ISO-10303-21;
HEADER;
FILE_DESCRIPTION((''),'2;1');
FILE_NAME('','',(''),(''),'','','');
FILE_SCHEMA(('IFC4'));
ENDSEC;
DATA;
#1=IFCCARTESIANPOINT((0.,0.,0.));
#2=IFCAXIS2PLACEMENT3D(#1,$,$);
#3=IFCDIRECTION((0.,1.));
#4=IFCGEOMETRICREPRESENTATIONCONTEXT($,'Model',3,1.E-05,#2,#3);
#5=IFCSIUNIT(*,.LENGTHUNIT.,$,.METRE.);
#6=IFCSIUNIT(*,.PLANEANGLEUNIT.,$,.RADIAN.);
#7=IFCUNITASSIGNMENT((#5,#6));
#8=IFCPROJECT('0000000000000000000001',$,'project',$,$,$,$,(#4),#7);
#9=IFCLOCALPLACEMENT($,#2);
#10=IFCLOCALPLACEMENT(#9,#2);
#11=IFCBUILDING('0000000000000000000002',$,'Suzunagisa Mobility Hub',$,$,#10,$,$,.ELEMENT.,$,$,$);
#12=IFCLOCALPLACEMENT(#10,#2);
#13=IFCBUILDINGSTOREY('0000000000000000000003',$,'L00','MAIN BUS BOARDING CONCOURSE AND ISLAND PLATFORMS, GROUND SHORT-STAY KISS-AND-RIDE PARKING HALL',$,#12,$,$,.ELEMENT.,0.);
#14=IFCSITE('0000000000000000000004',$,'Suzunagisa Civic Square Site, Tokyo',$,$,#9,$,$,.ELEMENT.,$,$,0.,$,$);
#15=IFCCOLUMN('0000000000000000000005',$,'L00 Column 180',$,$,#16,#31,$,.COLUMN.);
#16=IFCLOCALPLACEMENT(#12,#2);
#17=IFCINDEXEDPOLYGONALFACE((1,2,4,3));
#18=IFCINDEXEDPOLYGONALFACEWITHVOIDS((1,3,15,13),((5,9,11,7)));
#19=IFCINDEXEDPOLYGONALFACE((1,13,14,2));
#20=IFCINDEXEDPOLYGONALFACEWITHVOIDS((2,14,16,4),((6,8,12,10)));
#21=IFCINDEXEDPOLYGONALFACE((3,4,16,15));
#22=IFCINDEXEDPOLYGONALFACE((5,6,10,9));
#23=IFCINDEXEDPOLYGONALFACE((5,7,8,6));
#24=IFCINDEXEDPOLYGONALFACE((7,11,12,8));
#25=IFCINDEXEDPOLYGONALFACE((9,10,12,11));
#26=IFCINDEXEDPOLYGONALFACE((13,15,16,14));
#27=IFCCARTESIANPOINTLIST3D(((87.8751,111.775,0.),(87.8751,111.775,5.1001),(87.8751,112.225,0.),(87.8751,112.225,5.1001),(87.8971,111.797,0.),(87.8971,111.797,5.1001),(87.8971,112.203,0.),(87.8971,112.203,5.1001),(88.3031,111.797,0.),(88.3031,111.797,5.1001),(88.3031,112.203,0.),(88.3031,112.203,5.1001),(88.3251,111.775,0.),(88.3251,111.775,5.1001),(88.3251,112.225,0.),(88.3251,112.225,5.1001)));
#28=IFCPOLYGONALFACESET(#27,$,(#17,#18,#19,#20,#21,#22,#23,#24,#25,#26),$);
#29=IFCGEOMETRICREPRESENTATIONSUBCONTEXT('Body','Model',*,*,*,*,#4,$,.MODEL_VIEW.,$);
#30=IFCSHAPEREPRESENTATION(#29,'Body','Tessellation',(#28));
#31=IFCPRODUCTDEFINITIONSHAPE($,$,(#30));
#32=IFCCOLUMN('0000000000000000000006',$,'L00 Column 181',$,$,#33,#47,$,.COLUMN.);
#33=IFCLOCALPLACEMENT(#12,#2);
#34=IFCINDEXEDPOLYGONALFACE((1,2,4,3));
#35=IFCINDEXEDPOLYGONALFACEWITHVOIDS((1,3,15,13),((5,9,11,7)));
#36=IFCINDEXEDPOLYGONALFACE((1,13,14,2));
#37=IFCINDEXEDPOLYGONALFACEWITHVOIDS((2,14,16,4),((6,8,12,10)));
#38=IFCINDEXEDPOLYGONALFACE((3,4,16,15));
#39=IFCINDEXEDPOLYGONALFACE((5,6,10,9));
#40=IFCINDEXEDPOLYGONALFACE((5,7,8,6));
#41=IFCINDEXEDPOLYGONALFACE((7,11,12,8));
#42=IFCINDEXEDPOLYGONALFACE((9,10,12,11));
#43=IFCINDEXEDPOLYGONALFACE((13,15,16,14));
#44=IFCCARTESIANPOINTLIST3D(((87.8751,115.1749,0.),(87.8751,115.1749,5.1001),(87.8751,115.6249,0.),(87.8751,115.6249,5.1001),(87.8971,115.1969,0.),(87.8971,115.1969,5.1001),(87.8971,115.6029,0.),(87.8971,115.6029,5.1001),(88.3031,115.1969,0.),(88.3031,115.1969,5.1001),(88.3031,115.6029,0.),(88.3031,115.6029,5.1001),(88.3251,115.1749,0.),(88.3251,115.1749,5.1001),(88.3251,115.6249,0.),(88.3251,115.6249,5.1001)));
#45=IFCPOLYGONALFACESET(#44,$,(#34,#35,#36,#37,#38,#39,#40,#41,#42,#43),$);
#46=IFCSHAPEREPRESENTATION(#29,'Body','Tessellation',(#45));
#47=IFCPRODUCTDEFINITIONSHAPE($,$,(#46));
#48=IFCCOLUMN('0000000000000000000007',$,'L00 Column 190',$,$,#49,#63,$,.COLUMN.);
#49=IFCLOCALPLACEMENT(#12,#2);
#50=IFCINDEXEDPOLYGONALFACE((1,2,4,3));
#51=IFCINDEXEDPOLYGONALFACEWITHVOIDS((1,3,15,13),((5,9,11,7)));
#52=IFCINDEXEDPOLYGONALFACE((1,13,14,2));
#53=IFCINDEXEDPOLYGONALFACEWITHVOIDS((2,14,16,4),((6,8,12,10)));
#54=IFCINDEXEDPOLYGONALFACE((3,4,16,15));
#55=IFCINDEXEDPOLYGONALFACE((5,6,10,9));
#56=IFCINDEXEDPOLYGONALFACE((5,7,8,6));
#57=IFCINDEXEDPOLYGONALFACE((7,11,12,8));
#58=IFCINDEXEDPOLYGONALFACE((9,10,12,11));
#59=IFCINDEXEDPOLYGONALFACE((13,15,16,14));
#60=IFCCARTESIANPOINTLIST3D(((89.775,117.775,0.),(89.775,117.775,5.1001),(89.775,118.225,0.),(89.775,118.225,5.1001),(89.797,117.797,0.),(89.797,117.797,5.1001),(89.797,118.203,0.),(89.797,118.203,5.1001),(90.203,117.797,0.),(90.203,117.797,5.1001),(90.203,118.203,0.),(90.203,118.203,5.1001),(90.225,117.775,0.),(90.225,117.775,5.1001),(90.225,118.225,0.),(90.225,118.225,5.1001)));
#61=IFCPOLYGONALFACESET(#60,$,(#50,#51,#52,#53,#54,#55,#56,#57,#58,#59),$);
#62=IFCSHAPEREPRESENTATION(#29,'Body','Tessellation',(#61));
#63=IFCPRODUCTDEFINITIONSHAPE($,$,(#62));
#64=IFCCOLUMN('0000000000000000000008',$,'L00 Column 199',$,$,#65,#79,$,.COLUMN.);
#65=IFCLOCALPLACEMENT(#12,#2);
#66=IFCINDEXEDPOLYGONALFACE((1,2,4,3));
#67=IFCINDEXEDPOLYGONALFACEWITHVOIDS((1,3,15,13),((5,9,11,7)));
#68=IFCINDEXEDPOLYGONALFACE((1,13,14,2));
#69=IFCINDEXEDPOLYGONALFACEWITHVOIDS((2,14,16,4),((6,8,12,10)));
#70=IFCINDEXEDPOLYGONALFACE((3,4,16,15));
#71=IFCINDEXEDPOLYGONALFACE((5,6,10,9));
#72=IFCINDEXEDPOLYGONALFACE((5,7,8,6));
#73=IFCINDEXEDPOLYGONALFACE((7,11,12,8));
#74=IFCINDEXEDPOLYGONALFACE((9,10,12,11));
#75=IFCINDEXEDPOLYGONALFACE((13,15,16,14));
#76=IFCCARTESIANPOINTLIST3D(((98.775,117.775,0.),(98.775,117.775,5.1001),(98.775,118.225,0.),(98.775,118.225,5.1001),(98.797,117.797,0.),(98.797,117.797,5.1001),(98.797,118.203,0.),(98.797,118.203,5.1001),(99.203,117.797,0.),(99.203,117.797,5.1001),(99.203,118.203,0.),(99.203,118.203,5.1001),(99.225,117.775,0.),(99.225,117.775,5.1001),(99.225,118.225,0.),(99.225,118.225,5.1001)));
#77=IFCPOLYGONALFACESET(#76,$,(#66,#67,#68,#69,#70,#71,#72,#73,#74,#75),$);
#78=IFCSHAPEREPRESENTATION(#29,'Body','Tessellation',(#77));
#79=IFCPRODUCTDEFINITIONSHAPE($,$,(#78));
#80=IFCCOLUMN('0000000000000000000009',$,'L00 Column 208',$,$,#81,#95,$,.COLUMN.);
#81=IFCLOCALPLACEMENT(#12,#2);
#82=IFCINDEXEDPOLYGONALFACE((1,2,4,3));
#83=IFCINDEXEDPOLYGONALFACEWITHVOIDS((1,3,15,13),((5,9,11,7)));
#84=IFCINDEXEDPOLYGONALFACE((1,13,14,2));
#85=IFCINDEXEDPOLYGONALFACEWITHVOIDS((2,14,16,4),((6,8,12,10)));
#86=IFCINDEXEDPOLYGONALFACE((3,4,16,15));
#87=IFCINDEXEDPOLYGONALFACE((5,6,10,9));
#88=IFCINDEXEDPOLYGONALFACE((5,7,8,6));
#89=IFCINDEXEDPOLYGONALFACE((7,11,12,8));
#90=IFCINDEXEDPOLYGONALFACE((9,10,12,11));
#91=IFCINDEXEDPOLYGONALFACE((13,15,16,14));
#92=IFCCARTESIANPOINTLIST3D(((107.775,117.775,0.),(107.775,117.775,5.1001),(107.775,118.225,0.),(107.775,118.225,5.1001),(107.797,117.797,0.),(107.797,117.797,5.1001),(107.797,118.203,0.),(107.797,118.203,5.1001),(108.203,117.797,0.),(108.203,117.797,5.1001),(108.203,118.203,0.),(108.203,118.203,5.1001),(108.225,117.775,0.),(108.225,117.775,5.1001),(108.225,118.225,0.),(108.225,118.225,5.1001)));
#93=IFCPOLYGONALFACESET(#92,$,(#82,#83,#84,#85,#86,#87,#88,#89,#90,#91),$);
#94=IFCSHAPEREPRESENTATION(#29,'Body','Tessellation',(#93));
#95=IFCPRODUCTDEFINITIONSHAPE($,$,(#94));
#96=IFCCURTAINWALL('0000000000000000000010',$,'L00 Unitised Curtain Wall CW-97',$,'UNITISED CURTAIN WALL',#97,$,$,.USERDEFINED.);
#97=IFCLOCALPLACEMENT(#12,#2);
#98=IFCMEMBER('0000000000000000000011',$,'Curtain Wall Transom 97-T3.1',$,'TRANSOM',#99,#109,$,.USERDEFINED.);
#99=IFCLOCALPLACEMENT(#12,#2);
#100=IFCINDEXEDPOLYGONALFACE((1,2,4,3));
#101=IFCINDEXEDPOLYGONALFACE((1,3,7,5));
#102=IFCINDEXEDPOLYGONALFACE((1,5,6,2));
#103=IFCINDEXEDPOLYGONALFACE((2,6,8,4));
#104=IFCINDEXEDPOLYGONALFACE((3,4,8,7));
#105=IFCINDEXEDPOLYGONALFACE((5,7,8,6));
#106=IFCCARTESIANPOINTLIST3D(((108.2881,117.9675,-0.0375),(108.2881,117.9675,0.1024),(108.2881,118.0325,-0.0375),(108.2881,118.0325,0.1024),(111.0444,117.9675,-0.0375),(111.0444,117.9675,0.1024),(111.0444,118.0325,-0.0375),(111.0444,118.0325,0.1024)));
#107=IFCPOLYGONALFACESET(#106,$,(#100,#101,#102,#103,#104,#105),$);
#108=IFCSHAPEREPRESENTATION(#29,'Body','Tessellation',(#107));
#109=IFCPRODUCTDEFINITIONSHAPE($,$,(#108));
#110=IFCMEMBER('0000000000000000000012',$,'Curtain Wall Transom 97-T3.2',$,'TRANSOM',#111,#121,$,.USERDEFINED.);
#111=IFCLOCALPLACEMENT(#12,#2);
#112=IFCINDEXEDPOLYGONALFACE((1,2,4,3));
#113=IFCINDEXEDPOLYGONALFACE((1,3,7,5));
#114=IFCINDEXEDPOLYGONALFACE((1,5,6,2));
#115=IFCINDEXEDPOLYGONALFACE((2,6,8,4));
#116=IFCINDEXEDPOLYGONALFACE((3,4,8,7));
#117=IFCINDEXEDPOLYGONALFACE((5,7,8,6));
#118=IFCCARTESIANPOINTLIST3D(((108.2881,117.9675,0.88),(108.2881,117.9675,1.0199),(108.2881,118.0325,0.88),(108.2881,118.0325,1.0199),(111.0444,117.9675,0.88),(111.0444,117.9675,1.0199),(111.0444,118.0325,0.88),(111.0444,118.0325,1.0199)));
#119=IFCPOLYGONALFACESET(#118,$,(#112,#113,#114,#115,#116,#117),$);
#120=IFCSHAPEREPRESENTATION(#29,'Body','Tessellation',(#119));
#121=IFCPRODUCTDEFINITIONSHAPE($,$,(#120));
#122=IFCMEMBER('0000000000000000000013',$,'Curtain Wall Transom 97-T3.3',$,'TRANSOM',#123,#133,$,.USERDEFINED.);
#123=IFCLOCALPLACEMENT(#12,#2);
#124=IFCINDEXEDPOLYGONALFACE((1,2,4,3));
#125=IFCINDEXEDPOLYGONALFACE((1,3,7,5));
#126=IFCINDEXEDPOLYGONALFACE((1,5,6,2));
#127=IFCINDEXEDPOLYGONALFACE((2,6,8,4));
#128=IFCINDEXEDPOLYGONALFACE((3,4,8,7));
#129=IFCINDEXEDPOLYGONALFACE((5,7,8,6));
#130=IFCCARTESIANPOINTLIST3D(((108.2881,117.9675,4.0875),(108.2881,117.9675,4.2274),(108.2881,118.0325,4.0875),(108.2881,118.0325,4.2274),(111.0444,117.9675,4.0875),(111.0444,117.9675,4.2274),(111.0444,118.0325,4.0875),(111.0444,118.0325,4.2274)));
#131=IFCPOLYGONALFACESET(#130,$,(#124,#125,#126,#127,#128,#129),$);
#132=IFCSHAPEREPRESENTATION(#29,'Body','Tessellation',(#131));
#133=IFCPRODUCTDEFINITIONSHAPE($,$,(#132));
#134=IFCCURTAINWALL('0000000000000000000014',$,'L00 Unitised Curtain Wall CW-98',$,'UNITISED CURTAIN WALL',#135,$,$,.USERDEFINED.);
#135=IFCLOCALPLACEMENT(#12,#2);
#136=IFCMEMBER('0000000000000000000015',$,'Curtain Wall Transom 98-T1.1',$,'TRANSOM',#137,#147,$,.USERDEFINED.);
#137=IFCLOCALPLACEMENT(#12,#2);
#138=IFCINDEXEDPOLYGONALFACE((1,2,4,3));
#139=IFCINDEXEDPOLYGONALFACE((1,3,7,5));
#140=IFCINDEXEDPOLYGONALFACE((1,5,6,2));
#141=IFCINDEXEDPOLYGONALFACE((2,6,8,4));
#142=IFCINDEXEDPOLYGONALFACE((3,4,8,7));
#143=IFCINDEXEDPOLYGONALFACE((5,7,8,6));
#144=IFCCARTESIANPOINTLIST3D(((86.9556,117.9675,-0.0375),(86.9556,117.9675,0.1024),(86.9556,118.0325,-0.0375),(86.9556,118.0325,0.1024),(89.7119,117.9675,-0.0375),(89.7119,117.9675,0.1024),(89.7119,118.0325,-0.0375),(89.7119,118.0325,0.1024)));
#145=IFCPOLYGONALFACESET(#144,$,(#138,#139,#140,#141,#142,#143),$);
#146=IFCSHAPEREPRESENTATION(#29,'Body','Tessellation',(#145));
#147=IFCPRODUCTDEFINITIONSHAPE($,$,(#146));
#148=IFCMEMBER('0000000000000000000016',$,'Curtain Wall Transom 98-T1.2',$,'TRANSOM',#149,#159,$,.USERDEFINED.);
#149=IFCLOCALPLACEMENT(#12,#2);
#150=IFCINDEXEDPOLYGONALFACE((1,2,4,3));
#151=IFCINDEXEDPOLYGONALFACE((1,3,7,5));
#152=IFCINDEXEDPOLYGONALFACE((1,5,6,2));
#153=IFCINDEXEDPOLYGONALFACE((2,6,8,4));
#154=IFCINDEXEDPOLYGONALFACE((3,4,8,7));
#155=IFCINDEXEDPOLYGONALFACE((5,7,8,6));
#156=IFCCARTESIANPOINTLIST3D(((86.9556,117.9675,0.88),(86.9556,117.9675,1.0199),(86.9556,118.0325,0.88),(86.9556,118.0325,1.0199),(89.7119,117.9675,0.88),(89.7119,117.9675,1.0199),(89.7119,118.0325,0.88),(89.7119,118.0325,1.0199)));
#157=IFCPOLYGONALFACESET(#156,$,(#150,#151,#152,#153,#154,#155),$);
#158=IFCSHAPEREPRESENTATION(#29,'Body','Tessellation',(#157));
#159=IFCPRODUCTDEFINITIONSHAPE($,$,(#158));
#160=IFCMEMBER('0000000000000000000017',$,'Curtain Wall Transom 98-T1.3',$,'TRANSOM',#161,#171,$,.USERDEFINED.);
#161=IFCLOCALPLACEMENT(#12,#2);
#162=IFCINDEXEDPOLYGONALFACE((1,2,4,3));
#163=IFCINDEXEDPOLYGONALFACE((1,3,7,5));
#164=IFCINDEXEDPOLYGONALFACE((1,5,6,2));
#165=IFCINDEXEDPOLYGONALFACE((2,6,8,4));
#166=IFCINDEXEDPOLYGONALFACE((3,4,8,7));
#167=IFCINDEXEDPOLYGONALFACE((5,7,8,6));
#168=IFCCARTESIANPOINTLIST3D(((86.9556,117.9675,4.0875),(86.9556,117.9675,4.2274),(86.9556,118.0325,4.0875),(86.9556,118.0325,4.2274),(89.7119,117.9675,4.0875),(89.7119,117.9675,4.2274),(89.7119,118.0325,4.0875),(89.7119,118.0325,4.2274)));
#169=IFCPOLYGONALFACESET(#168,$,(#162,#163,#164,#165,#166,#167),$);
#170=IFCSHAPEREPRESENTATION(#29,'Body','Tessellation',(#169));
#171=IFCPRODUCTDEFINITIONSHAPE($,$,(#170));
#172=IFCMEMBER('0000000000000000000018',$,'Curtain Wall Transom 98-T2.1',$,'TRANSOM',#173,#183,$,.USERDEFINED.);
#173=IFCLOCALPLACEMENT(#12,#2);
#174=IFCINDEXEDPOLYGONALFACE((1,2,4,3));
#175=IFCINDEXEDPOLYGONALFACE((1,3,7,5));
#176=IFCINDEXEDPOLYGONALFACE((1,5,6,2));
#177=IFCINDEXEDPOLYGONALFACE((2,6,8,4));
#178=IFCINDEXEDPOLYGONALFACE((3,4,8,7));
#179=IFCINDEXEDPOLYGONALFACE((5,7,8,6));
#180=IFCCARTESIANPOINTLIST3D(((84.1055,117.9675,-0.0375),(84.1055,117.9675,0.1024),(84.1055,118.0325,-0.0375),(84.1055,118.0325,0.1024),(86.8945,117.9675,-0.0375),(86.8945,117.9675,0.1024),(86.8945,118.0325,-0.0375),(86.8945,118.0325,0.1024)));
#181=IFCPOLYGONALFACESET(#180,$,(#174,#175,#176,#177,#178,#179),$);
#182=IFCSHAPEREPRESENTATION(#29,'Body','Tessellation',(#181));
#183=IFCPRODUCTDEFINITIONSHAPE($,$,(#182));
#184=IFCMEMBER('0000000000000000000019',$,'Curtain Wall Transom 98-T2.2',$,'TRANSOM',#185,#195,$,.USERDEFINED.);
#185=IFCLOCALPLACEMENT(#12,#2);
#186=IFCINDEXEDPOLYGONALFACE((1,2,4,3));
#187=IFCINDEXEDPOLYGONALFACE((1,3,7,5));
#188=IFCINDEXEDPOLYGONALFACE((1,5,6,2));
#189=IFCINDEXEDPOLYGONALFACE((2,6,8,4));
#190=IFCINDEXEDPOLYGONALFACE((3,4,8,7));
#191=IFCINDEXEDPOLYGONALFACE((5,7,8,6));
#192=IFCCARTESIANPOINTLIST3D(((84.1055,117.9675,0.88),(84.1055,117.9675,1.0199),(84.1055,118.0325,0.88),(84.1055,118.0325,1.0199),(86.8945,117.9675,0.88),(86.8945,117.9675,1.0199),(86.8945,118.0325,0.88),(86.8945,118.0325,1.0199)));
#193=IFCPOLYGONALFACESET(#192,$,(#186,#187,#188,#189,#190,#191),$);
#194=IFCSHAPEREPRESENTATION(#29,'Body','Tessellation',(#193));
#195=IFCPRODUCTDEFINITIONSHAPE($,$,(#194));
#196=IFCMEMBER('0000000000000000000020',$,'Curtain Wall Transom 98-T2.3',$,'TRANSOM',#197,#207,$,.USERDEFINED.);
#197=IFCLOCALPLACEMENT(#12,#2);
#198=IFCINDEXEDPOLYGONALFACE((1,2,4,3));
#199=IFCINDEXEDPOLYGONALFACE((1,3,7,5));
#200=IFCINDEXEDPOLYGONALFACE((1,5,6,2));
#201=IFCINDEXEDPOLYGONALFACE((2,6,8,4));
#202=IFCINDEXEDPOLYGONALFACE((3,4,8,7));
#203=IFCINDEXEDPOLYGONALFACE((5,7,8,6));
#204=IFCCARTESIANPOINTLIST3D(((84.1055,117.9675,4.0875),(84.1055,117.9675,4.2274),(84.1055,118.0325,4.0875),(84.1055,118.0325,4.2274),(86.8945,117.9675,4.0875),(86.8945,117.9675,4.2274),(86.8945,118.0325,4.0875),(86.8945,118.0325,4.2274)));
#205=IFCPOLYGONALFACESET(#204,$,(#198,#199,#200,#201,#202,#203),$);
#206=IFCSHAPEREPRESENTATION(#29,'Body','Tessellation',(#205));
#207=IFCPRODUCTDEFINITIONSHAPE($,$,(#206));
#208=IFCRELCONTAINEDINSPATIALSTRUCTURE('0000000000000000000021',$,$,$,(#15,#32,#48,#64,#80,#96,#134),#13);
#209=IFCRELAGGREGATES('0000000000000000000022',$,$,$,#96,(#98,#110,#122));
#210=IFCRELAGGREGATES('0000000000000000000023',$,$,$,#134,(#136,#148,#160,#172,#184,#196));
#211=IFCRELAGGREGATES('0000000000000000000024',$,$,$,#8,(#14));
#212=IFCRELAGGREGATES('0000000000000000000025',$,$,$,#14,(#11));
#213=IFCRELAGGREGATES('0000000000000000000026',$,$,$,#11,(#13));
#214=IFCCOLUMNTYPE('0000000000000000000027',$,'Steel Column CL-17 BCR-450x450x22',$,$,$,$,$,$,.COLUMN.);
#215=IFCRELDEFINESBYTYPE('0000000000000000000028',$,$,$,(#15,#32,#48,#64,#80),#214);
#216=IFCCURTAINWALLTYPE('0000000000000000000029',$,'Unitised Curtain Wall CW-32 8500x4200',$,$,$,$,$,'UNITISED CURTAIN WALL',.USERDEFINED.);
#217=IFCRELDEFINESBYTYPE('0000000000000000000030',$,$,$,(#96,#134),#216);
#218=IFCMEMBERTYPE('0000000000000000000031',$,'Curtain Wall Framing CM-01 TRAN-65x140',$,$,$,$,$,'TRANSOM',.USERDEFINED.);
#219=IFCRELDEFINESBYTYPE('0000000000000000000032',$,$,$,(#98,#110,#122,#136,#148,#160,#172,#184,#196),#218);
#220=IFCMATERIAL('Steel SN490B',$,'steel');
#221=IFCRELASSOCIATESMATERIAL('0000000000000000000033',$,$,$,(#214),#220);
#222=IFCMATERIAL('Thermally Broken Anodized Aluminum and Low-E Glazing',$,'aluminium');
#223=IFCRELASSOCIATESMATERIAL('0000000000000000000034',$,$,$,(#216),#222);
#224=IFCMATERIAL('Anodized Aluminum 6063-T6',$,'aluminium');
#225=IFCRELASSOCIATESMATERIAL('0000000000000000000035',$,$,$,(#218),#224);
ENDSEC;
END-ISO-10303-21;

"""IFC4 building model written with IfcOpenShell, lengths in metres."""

from ifc_helpers import new_model, si_unit, direction, frame, origin, origin_2d, place, context, subcontext, project, spatial, rectangle, hollow_rectangle, extrude, material, material_profile, profile_set, type_object, element, aggregate, save


model = new_model("IFC4")

# Units and contexts
model_context = context("Model", 3, precision=1e-05, world=origin(), true_north=direction((0.0, 1.0)))
body_context = subcontext(model_context, "Body", "Model", "MODEL_VIEW")
ifc_project = project(units=[si_unit("LENGTHUNIT", "METRE"), si_unit("PLANEANGLEUNIT", "RADIAN")], contexts=[model_context])

# Site, building, storey
site_placement = place(None, origin())
site = spatial("IfcSite", under=ifc_project, at=site_placement, Name="Suzunagisa Civic Square Site, Tokyo", CompositionType="ELEMENT", RefElevation=0.0)
building_placement = place(site_placement, origin())
building = spatial("IfcBuilding", under=site, at=building_placement, Name="Suzunagisa Mobility Hub", CompositionType="ELEMENT")
storey_placement = place(building_placement, origin())
storey = spatial("IfcBuildingStorey", under=building, at=storey_placement, Name="L00", Description="MAIN BUS BOARDING CONCOURSE AND ISLAND PLATFORMS, GROUND SHORT-STAY KISS-AND-RIDE PARKING HALL", CompositionType="ELEMENT", Elevation=0.0)

# Columns
ifc_material_1 = material(Name="Steel SN490B", Category="steel")
ifc_material_profile_1 = material_profile(ifc_material_1, hollow_rectangle(XDim=0.45, YDim=0.45, WallThickness=0.022, at=origin_2d()), Name="BCR-450x450x22")
ifc_profile_set_1 = profile_set([ifc_material_profile_1], Name="Steel SN490B")
column_type = type_object("IfcColumnType", Name="Steel Column CL-17 BCR-450x450x22", PredefinedType="COLUMN", material=ifc_profile_set_1)
for number, where, z_axis, x_axis, name in (
    (1, (88.1001, 112.0, 0.0), (0.0, 0.0, 1.0), (1.0, 0.0, 0.0), "L00 Column 180"),
    (2, (88.1001, 115.3999, 0.0), (0.0, 0.0, 1.0), (1.0, 0.0, 0.0), "L00 Column 181"),
    (3, (90.0, 118.0, 0.0), (0.0, 0.0, 1.0), (1.0, 0.0, 0.0), "L00 Column 190"),
    (4, (99.0, 118.0, 0.0), (0.0, 0.0, 1.0), (1.0, 0.0, 0.0), "L00 Column 199"),
    (5, (108.0, 118.0, 0.0), (0.0, 0.0, 1.0), (1.0, 0.0, 0.0), "L00 Column 208"),
):
    element("IfcColumn", number, at=place(storey_placement, frame(where, z_axis=z_axis, x_axis=x_axis)), inside=storey, type_object=column_type, Name=name, PredefinedType="COLUMN", context=body_context, shape_type="SweptSolid", body=[
        extrude(hollow_rectangle(XDim=0.45, YDim=0.45, WallThickness=0.022, at=origin_2d()), origin(), (0.0, 0.0, 1.0), 5.1001),
    ])

# Curtain walls, members
ifc_material_2 = material(Name="Thermally Broken Anodized Aluminum and Low-E Glazing", Category="aluminium")
curtain_wall_type = type_object("IfcCurtainWallType", Name="Unitised Curtain Wall CW-32 8500x4200", ElementType="UNITISED CURTAIN WALL", PredefinedType="USERDEFINED", material=ifc_material_2)
curtain_wall_1_placement = place(storey_placement, origin())
curtain_wall_1 = element("IfcCurtainWall", 6, at=curtain_wall_1_placement, inside=storey, type_object=curtain_wall_type, Name="L00 Unitised Curtain Wall CW-97", ObjectType="UNITISED CURTAIN WALL", PredefinedType="USERDEFINED")
ifc_material_3 = material(Name="Anodized Aluminum 6063-T6", Category="aluminium")
ifc_material_profile_2 = material_profile(ifc_material_3, rectangle(XDim=0.0649, YDim=0.1399, at=origin_2d()), Name="TRAN-65x140")
ifc_profile_set_2 = profile_set([ifc_material_profile_2], Name="Anodized Aluminum 6063-T6")
member_type_1 = type_object("IfcMemberType", Name="Curtain Wall Framing CM-01 TRAN-65x140", ElementType="TRANSOM", PredefinedType="USERDEFINED", material=ifc_profile_set_2)
member_1_placement = place(storey_placement, frame((111.0444, 118.0, 0.0325), z_axis=(-1.0, 0.0, 0.0), x_axis=(0.0, -1.0, 0.0)))
member_1 = element("IfcMember", 7, at=member_1_placement, type_object=member_type_1, Name="Curtain Wall Transom 97-T3.1", ObjectType="TRANSOM", PredefinedType="USERDEFINED", context=body_context, shape_type="SweptSolid", body=[
    extrude(rectangle(XDim=0.0649, YDim=0.1399, at=origin_2d()), origin(), (0.0, 0.0, 1.0), 2.7563),
])
member_2_placement = place(storey_placement, frame((111.0444, 118.0, 0.95), z_axis=(-1.0, 0.0, 0.0), x_axis=(0.0, -1.0, 0.0)))
member_2 = element("IfcMember", 8, at=member_2_placement, type_object=member_type_1, Name="Curtain Wall Transom 97-T3.2", ObjectType="TRANSOM", PredefinedType="USERDEFINED", context=body_context, shape_type="SweptSolid", body=[
    extrude(rectangle(XDim=0.0649, YDim=0.1399, at=origin_2d()), origin(), (0.0, 0.0, 1.0), 2.7563),
])
member_3_placement = place(storey_placement, frame((111.0444, 118.0, 4.1575), z_axis=(-1.0, 0.0, 0.0), x_axis=(0.0, -1.0, 0.0)))
member_3 = element("IfcMember", 9, at=member_3_placement, type_object=member_type_1, Name="Curtain Wall Transom 97-T3.3", ObjectType="TRANSOM", PredefinedType="USERDEFINED", context=body_context, shape_type="SweptSolid", body=[
    extrude(rectangle(XDim=0.0649, YDim=0.1399, at=origin_2d()), origin(), (0.0, 0.0, 1.0), 2.7563),
])
curtain_wall_2_placement = place(storey_placement, origin())
curtain_wall_2 = element("IfcCurtainWall", 10, at=curtain_wall_2_placement, inside=storey, type_object=curtain_wall_type, Name="L00 Unitised Curtain Wall CW-98", ObjectType="UNITISED CURTAIN WALL", PredefinedType="USERDEFINED")
member_4_placement = place(storey_placement, frame((89.7119, 118.0, 0.0325), z_axis=(-1.0, 0.0, 0.0), x_axis=(0.0, -1.0, 0.0)))
member_4 = element("IfcMember", 11, at=member_4_placement, type_object=member_type_1, Name="Curtain Wall Transom 98-T1.1", ObjectType="TRANSOM", PredefinedType="USERDEFINED", context=body_context, shape_type="SweptSolid", body=[
    extrude(rectangle(XDim=0.0649, YDim=0.1399, at=origin_2d()), origin(), (0.0, 0.0, 1.0), 2.7563),
])
member_5_placement = place(storey_placement, frame((89.7119, 118.0, 0.95), z_axis=(-1.0, 0.0, 0.0), x_axis=(0.0, -1.0, 0.0)))
member_5 = element("IfcMember", 12, at=member_5_placement, type_object=member_type_1, Name="Curtain Wall Transom 98-T1.2", ObjectType="TRANSOM", PredefinedType="USERDEFINED", context=body_context, shape_type="SweptSolid", body=[
    extrude(rectangle(XDim=0.0649, YDim=0.1399, at=origin_2d()), origin(), (0.0, 0.0, 1.0), 2.7563),
])
member_6_placement = place(storey_placement, frame((89.7119, 118.0, 4.1575), z_axis=(-1.0, 0.0, 0.0), x_axis=(0.0, -1.0, 0.0)))
member_6 = element("IfcMember", 13, at=member_6_placement, type_object=member_type_1, Name="Curtain Wall Transom 98-T1.3", ObjectType="TRANSOM", PredefinedType="USERDEFINED", context=body_context, shape_type="SweptSolid", body=[
    extrude(rectangle(XDim=0.0649, YDim=0.1399, at=origin_2d()), origin(), (0.0, 0.0, 1.0), 2.7563),
])
member_7_placement = place(storey_placement, frame((86.8945, 118.0, 0.0325), z_axis=(-1.0, 0.0, 0.0), x_axis=(0.0, -1.0, 0.0)))
member_7 = element("IfcMember", 14, at=member_7_placement, type_object=member_type_1, Name="Curtain Wall Transom 98-T2.1", ObjectType="TRANSOM", PredefinedType="USERDEFINED", context=body_context, shape_type="SweptSolid", body=[
    extrude(rectangle(XDim=0.0649, YDim=0.1399, at=origin_2d()), origin(), (0.0, 0.0, 1.0), 2.7891),
])
member_8_placement = place(storey_placement, frame((86.8945, 118.0, 0.95), z_axis=(-1.0, 0.0, 0.0), x_axis=(0.0, -1.0, 0.0)))
member_8 = element("IfcMember", 15, at=member_8_placement, type_object=member_type_1, Name="Curtain Wall Transom 98-T2.2", ObjectType="TRANSOM", PredefinedType="USERDEFINED", context=body_context, shape_type="SweptSolid", body=[
    extrude(rectangle(XDim=0.0649, YDim=0.1399, at=origin_2d()), origin(), (0.0, 0.0, 1.0), 2.7891),
])
member_9_placement = place(storey_placement, frame((86.8945, 118.0, 4.1575), z_axis=(-1.0, 0.0, 0.0), x_axis=(0.0, -1.0, 0.0)))
member_9 = element("IfcMember", 16, at=member_9_placement, type_object=member_type_1, Name="Curtain Wall Transom 98-T2.3", ObjectType="TRANSOM", PredefinedType="USERDEFINED", context=body_context, shape_type="SweptSolid", body=[
    extrude(rectangle(XDim=0.0649, YDim=0.1399, at=origin_2d()), origin(), (0.0, 0.0, 1.0), 2.7891),
])

aggregate(curtain_wall_1, [member_1, member_2, member_3])
aggregate(curtain_wall_2, [member_4, member_5, member_6, member_7, member_8, member_9])

save(model, "model.ifc")
